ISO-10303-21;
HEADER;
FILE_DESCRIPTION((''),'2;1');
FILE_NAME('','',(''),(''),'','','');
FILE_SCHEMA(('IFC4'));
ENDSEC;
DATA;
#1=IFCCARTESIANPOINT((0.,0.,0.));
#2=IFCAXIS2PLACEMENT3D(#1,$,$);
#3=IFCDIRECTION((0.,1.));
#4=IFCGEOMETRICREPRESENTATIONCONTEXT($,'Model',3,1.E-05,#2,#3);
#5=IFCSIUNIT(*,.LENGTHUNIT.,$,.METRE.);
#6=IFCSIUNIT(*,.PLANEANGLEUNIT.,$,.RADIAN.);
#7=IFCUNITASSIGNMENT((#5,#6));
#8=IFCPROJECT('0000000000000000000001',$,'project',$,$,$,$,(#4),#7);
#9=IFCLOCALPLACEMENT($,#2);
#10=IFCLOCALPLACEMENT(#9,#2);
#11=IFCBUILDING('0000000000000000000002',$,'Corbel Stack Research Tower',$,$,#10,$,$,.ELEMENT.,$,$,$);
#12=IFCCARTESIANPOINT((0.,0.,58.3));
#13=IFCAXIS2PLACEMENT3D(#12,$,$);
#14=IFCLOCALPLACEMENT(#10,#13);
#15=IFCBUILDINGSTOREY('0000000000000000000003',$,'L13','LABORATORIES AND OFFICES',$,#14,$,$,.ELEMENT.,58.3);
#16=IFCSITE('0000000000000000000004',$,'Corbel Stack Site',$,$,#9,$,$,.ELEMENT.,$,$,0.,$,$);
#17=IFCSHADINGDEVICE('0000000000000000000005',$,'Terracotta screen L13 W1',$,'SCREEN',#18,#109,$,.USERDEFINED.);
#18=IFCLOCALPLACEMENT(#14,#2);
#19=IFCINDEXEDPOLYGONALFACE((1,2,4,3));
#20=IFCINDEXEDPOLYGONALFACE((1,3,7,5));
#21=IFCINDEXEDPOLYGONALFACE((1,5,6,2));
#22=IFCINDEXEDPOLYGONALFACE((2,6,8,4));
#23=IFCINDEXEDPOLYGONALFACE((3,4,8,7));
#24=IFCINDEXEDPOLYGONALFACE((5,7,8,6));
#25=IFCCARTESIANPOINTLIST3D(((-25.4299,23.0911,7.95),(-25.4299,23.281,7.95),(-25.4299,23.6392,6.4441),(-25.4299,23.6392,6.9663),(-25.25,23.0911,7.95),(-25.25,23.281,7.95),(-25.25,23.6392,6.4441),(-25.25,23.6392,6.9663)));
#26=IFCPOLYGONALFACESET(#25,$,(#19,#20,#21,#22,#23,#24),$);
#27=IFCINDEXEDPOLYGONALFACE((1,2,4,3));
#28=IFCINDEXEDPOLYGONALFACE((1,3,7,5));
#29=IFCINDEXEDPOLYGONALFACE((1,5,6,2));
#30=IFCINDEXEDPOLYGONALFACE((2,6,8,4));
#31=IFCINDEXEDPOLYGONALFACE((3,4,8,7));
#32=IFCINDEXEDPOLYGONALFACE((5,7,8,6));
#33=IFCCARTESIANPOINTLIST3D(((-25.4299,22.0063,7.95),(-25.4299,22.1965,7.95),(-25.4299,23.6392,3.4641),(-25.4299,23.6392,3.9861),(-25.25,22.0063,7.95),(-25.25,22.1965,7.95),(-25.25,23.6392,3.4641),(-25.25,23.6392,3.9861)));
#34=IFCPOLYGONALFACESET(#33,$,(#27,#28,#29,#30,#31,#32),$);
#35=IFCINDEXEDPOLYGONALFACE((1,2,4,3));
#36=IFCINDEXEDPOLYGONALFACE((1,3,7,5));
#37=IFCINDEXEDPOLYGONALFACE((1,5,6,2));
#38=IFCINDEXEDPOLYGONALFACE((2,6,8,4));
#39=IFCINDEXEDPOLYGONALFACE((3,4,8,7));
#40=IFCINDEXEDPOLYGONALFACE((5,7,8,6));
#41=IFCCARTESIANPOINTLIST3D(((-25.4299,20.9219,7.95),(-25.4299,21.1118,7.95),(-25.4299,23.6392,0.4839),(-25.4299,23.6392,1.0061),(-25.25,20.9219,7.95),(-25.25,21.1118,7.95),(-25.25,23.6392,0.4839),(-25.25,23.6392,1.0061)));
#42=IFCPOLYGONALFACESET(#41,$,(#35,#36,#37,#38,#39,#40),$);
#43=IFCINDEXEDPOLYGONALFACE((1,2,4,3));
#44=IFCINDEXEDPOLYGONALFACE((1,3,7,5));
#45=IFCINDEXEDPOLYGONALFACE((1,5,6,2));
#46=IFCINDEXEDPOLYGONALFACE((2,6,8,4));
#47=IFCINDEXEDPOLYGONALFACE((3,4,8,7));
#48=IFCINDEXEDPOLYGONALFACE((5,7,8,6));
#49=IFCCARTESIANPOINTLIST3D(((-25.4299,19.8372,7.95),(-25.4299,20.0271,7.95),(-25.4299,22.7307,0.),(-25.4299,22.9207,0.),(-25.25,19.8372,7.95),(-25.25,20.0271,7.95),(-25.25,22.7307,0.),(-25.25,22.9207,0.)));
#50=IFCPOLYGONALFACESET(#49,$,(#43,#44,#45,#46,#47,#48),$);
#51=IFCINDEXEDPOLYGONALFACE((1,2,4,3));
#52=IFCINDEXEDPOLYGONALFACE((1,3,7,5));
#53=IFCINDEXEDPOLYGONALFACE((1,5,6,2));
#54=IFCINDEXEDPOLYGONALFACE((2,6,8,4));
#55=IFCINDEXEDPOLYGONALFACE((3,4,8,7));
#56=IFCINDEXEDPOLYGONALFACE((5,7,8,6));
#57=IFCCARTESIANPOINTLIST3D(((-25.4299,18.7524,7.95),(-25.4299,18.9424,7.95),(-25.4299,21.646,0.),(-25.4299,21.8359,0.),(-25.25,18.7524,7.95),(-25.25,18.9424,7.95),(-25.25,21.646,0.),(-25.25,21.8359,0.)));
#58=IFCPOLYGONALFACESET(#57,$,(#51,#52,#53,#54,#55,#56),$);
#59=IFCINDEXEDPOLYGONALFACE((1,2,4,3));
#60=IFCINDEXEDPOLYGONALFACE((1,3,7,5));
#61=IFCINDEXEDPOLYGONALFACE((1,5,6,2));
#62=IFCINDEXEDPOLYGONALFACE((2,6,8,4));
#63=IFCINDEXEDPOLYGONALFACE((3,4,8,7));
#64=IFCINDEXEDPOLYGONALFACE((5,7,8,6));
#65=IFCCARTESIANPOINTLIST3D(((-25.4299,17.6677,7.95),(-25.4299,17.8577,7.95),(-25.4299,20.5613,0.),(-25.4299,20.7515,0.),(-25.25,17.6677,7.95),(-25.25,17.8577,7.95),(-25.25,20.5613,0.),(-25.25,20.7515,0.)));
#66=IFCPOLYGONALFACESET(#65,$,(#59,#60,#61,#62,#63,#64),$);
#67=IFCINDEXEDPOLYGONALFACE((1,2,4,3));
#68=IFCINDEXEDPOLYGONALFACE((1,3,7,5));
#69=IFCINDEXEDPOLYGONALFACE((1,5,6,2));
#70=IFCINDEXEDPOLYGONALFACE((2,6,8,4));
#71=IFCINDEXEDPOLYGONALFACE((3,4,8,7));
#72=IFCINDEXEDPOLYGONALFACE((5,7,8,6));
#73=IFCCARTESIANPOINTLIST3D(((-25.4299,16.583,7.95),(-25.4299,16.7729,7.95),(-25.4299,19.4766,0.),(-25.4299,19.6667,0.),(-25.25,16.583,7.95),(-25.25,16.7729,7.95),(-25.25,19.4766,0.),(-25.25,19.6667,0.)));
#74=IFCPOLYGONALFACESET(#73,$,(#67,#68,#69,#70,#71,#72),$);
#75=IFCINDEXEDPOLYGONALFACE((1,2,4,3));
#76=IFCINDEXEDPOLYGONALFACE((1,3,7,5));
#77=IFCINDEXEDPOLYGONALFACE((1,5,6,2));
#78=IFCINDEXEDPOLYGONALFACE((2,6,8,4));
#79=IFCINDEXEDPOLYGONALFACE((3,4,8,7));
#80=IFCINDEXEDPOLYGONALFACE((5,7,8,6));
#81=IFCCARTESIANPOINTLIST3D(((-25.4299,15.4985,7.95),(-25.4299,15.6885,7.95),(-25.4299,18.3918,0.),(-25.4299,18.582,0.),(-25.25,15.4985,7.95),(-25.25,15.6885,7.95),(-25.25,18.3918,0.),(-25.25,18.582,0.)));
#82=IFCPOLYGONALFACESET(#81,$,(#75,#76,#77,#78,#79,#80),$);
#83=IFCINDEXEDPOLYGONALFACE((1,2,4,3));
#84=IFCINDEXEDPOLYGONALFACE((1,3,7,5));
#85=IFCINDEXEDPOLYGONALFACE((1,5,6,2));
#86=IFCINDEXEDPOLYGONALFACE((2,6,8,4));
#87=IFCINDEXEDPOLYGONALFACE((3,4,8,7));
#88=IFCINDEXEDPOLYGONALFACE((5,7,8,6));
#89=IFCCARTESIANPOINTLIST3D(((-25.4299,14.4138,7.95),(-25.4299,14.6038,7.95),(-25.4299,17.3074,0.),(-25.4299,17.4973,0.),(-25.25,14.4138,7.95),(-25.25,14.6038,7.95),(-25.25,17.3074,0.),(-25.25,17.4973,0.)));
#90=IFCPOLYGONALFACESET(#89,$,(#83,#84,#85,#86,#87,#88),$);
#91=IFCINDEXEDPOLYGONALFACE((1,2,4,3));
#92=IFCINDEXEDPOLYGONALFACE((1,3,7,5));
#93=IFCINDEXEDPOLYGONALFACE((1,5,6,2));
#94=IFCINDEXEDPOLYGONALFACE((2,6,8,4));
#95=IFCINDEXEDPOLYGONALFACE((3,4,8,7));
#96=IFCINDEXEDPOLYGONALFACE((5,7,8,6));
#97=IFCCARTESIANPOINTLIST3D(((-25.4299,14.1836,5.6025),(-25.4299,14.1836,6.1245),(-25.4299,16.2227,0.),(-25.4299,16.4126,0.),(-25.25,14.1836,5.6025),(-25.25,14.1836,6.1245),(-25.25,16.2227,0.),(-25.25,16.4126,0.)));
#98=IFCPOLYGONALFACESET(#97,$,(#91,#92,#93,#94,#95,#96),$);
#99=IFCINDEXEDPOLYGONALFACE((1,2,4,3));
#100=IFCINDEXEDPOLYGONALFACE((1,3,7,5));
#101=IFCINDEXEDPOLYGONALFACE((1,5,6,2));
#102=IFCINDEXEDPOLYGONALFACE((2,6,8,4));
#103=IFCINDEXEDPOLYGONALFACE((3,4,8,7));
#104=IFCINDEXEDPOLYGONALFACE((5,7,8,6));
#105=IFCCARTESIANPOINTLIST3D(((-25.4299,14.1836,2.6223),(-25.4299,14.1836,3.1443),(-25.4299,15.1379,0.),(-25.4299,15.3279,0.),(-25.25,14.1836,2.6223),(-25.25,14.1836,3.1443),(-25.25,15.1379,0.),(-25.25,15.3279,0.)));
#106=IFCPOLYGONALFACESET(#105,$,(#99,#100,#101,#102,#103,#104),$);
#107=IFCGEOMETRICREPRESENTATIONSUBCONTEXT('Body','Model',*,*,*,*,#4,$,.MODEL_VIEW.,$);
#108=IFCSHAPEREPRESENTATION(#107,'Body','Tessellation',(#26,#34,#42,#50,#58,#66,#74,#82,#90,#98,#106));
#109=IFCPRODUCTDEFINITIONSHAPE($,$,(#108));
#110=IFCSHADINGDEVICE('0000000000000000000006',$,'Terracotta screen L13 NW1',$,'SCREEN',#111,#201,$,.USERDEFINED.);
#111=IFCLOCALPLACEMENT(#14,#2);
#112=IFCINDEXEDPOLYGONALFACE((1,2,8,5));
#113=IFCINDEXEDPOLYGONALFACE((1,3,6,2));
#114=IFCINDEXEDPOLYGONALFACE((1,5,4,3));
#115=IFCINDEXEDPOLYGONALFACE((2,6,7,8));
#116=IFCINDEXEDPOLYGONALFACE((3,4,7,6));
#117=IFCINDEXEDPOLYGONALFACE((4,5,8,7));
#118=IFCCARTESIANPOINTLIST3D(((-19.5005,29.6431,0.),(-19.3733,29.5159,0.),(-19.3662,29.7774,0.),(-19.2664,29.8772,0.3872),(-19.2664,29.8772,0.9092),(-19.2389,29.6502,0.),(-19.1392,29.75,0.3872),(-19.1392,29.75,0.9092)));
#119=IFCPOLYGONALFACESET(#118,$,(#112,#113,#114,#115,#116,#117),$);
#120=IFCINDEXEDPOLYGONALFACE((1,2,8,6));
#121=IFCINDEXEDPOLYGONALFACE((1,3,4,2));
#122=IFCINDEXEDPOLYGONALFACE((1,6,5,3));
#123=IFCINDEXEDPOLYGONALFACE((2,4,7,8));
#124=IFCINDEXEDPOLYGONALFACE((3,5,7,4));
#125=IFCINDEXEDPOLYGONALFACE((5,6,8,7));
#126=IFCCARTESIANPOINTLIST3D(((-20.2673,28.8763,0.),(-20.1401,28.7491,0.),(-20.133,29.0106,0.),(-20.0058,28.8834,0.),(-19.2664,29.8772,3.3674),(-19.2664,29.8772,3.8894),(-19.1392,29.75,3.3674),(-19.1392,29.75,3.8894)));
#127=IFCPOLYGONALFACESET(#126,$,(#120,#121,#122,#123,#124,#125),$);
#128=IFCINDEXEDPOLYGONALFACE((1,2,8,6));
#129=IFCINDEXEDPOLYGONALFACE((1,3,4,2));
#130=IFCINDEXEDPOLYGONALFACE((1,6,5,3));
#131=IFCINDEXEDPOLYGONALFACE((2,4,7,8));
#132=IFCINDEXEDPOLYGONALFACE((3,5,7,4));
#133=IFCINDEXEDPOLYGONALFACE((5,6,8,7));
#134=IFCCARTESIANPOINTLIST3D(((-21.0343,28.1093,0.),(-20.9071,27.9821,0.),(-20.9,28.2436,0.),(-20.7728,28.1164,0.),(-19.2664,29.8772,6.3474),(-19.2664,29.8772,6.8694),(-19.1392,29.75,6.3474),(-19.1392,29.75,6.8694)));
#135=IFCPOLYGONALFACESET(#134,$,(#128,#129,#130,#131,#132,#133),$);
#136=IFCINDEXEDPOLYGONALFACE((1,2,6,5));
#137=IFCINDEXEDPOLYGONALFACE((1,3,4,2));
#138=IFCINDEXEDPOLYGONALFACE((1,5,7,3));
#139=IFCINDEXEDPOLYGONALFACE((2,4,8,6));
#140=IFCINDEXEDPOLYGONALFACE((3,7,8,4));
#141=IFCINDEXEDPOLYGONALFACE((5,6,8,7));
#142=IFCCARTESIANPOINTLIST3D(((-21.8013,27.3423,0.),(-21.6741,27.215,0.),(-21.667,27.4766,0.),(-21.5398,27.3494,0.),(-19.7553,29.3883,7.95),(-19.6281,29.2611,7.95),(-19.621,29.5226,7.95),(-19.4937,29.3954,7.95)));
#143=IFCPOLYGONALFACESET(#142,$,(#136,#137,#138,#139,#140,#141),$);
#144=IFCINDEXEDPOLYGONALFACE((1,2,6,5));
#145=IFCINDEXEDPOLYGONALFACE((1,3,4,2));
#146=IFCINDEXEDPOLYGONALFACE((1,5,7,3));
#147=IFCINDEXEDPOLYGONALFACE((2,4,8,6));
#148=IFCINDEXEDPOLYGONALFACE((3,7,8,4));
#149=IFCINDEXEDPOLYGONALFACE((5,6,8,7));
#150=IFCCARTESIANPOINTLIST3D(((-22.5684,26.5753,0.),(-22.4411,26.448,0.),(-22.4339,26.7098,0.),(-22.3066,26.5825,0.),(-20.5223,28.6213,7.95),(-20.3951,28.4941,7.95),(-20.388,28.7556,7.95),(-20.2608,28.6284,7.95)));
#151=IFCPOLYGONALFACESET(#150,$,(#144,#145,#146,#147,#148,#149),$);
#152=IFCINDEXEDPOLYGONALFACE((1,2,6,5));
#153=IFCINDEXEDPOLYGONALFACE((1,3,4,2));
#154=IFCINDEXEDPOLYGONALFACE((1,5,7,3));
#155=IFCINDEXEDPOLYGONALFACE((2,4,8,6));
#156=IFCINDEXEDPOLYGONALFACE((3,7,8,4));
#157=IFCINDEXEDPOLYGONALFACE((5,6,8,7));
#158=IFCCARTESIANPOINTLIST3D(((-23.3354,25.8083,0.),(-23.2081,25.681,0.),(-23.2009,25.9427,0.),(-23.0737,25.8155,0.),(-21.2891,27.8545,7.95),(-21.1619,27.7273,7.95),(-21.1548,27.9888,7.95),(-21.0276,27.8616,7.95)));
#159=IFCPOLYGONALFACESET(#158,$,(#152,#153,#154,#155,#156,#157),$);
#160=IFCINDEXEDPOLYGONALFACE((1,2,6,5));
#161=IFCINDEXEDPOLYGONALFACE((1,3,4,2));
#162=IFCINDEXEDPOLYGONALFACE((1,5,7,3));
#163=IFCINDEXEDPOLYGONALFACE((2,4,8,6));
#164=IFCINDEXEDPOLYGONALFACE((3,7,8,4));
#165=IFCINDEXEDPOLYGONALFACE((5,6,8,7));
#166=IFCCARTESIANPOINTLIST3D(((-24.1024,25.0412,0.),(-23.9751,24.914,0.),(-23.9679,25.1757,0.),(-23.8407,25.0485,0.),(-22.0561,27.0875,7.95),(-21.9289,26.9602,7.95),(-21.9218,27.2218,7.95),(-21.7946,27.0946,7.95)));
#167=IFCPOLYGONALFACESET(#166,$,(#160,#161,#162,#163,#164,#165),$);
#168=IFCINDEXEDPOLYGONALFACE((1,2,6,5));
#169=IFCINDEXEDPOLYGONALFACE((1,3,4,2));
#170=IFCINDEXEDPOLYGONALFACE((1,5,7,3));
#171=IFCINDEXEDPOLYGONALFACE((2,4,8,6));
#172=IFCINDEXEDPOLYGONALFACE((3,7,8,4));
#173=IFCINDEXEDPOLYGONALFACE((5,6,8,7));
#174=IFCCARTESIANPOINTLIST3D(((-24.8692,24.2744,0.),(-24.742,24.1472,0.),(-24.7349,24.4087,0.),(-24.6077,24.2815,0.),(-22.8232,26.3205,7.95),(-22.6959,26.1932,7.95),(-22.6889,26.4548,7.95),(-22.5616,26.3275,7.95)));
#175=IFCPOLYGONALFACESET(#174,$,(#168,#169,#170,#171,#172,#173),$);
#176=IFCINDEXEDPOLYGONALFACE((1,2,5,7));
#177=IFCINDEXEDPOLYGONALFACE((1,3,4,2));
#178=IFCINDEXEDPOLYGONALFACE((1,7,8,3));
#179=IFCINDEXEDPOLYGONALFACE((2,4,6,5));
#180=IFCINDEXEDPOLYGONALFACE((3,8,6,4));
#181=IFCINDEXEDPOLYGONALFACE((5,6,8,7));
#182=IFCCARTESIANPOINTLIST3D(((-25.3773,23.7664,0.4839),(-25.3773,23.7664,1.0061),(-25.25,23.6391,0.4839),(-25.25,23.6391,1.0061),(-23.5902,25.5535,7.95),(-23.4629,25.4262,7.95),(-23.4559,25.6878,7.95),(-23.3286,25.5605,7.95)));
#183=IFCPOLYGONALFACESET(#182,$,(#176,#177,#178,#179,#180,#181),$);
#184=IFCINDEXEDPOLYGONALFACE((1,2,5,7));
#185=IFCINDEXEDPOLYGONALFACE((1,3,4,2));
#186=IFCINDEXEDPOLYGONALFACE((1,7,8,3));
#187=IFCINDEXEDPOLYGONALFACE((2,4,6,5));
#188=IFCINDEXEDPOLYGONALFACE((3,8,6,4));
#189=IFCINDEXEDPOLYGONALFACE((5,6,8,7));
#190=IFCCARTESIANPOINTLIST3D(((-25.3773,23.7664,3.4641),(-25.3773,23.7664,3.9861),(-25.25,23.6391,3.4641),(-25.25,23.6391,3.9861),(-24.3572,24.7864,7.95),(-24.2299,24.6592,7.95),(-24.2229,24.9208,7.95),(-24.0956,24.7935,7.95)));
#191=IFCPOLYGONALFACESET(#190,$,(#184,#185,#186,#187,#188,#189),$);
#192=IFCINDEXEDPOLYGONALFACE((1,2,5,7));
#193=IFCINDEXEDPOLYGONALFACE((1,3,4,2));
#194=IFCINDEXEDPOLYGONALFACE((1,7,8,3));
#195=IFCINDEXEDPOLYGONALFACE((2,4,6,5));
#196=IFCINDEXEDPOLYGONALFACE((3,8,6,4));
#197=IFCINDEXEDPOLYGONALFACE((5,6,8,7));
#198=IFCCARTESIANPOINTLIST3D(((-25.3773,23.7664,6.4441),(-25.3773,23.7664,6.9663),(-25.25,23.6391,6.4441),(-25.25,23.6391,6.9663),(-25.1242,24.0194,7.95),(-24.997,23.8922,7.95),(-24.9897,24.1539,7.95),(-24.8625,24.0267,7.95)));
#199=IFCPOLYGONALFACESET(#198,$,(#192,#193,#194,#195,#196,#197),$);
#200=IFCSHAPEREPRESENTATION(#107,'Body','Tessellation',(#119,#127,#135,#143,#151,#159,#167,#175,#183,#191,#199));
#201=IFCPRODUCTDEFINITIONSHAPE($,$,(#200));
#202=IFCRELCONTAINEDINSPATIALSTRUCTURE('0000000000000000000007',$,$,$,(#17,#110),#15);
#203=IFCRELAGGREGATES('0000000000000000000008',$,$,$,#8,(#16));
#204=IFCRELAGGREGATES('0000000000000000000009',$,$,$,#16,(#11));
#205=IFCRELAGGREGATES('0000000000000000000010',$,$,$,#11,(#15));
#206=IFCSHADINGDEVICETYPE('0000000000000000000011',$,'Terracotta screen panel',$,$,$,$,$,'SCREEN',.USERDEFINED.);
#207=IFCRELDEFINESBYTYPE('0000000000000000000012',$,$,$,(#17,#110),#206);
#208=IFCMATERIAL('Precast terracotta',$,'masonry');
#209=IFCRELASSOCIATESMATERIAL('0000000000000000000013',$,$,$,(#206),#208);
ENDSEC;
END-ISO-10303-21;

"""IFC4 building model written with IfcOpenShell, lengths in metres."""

from ifc_helpers import new_model, si_unit, direction, frame, origin, place, context, subcontext, project, spatial, polyline, outline, extrude, source, transform, mapped, material, type_object, element, save


model = new_model("IFC4")

# Units and contexts
model_context = context("Model", 3, precision=1e-05, world=origin(), true_north=direction((0.0, 1.0)))
body_context = subcontext(model_context, "Body", "Model", "MODEL_VIEW")
ifc_project = project(units=[si_unit("LENGTHUNIT", "METRE"), si_unit("PLANEANGLEUNIT", "RADIAN")], contexts=[model_context])

# Site, building, storey
site_placement = place(None, origin())
site = spatial("IfcSite", under=ifc_project, at=site_placement, Name="Corbel Stack Site", CompositionType="ELEMENT", RefElevation=0.0)
building_placement = place(site_placement, origin())
building = spatial("IfcBuilding", under=site, at=building_placement, Name="Corbel Stack Research Tower", CompositionType="ELEMENT")
storey_placement = place(building_placement, frame((0.0, 0.0, 58.3)))
storey = spatial("IfcBuildingStorey", under=building, at=storey_placement, Name="L13", Description="LABORATORIES AND OFFICES", CompositionType="ELEMENT", Elevation=58.3)

# Shading devices
ifc_material_1 = material(Name="Precast terracotta", Category="masonry")
shading_device_type = type_object("IfcShadingDeviceType", Name="Terracotta screen panel", ElementType="SCREEN", PredefinedType="USERDEFINED", material=ifc_material_1)
shared_shape_1 = source(origin(), body_context, "Body", "SweptSolid", [
    extrude(outline(polyline([(0.5481, 7.95), (0.3582, 7.95), (0.0, 6.9663), (0.0, 6.4441), (0.5481, 7.95)])), frame((0.0, 0.0, 0.0), z_axis=(0.0, -1.0, 0.0), x_axis=(1.0, 0.0, 0.0)), (0.0, 0.0, 1.0), 0.1799),
    extrude(outline(polyline([(1.6328, 7.95), (1.4426, 7.95), (0.0, 3.9861), (0.0, 3.4641), (1.6328, 7.95)])), frame((0.0, 0.0, 0.0), z_axis=(0.0, -1.0, 0.0), x_axis=(1.0, 0.0, 0.0)), (0.0, 0.0, 1.0), 0.1799),
    extrude(outline(polyline([(2.7173, 7.95), (2.5273, 7.95), (0.0, 1.0061), (0.0, 0.4839), (2.7173, 7.95)])), frame((0.0, 0.0, 0.0), z_axis=(0.0, -1.0, 0.0), x_axis=(1.0, 0.0, 0.0)), (0.0, 0.0, 1.0), 0.1799),
    extrude(outline(polyline([(0.9084, 0.0), (3.802, 7.95), (3.6121, 7.95), (0.7185, 0.0), (0.9084, 0.0)])), frame((0.0, 0.0, 0.0), z_axis=(0.0, -1.0, 0.0), x_axis=(1.0, 0.0, 0.0)), (0.0, 0.0, 1.0), 0.1799),
    extrude(outline(polyline([(1.9932, 0.0), (4.8867, 7.95), (4.6968, 7.95), (1.8032, 0.0), (1.9932, 0.0)])), frame((0.0, 0.0, 0.0), z_axis=(0.0, -1.0, 0.0), x_axis=(1.0, 0.0, 0.0)), (0.0, 0.0, 1.0), 0.1799),
    extrude(outline(polyline([(3.0779, 0.0), (5.9714, 7.95), (5.7815, 7.95), (2.8877, 0.0), (3.0779, 0.0)])), frame((0.0, 0.0, 0.0), z_axis=(0.0, -1.0, 0.0), x_axis=(1.0, 0.0, 0.0)), (0.0, 0.0, 1.0), 0.1799),
    extrude(outline(polyline([(4.1626, 0.0), (7.0562, 7.95), (6.8662, 7.95), (3.9724, 0.0), (4.1626, 0.0)])), frame((0.0, 0.0, 0.0), z_axis=(0.0, -1.0, 0.0), x_axis=(1.0, 0.0, 0.0)), (0.0, 0.0, 1.0), 0.1799),
    extrude(outline(polyline([(5.2473, 0.0), (8.1406, 7.95), (7.9507, 7.95), (5.0571, 0.0), (5.2473, 0.0)])), frame((0.0, 0.0, 0.0), z_axis=(0.0, -1.0, 0.0), x_axis=(1.0, 0.0, 0.0)), (0.0, 0.0, 1.0), 0.1799),
    extrude(outline(polyline([(6.3318, 0.0), (9.2253, 7.95), (9.0354, 7.95), (6.1418, 0.0), (6.3318, 0.0)])), frame((0.0, 0.0, 0.0), z_axis=(0.0, -1.0, 0.0), x_axis=(1.0, 0.0, 0.0)), (0.0, 0.0, 1.0), 0.1799),
    extrude(outline(polyline([(7.4165, 0.0), (9.4556, 5.6025), (9.4556, 6.1245), (7.2266, 0.0), (7.4165, 0.0)])), frame((0.0, 0.0, 0.0), z_axis=(0.0, -1.0, 0.0), x_axis=(1.0, 0.0, 0.0)), (0.0, 0.0, 1.0), 0.1799),
    extrude(outline(polyline([(8.5012, 0.0), (9.4556, 2.6223), (9.4556, 3.1443), (8.3113, 0.0), (8.5012, 0.0)])), frame((0.0, 0.0, 0.0), z_axis=(0.0, -1.0, 0.0), x_axis=(1.0, 0.0, 0.0)), (0.0, 0.0, 1.0), 0.1799),
])
shading_device_1_placement = place(storey_placement, frame((-25.25, 23.6392, 0.0), z_axis=(0.0, 0.0, 1.0), x_axis=(0.0, -1.0, 0.0)))
element("IfcShadingDevice", 1, at=shading_device_1_placement, inside=storey, type_object=shading_device_type, Name="Terracotta screen L13 W1", ObjectType="SCREEN", PredefinedType="USERDEFINED", context=body_context, shape_type="MappedRepresentation", body=[
    mapped(shared_shape_1, transform((0.0, 0.0, 0.0))),
])
shared_shape_2 = source(origin(), body_context, "Body", "SweptSolid", [
    extrude(outline(polyline([(0.3311, 0.0), (0.0, 0.9092), (0.0, 0.3872), (0.1411, 0.0), (0.3311, 0.0)])), frame((0.0, 0.0, 0.0), z_axis=(0.0, -1.0, 0.0), x_axis=(1.0, 0.0, 0.0)), (0.0, 0.0, 1.0), 0.1799),
    extrude(outline(polyline([(1.4155, 0.0), (0.0, 3.8894), (0.0, 3.3674), (1.2256, 0.0), (1.4155, 0.0)])), frame((0.0, 0.0, 0.0), z_axis=(0.0, -1.0, 0.0), x_axis=(1.0, 0.0, 0.0)), (0.0, 0.0, 1.0), 0.1799),
    extrude(outline(polyline([(2.5002, 0.0), (0.0, 6.8694), (0.0, 6.3474), (2.3103, 0.0), (2.5002, 0.0)])), frame((0.0, 0.0, 0.0), z_axis=(0.0, -1.0, 0.0), x_axis=(1.0, 0.0, 0.0)), (0.0, 0.0, 1.0), 0.1799),
    extrude(outline(polyline([(3.585, 0.0), (0.6914, 7.95), (0.5015, 7.95), (3.395, 0.0), (3.585, 0.0)])), frame((0.0, 0.0, 0.0), z_axis=(0.0, -1.0, 0.0), x_axis=(1.0, 0.0, 0.0)), (0.0, 0.0, 1.0), 0.1799),
    extrude(outline(polyline([(4.6697, 0.0), (1.7761, 7.95), (1.5862, 7.95), (4.4795, 0.0), (4.6697, 0.0)])), frame((0.0, 0.0, 0.0), z_axis=(0.0, -1.0, 0.0), x_axis=(1.0, 0.0, 0.0)), (0.0, 0.0, 1.0), 0.1799),
    extrude(outline(polyline([(5.7544, 0.0), (2.8606, 7.95), (2.6707, 7.95), (5.5642, 0.0), (5.7544, 0.0)])), frame((0.0, 0.0, 0.0), z_axis=(0.0, -1.0, 0.0), x_axis=(1.0, 0.0, 0.0)), (0.0, 0.0, 1.0), 0.1799),
    extrude(outline(polyline([(6.8391, 0.0), (3.9453, 7.95), (3.7554, 7.95), (6.6489, 0.0), (6.8391, 0.0)])), frame((0.0, 0.0, 0.0), z_axis=(0.0, -1.0, 0.0), x_axis=(1.0, 0.0, 0.0)), (0.0, 0.0, 1.0), 0.1799),
    extrude(outline(polyline([(7.9236, 0.0), (5.03, 7.95), (4.8401, 7.95), (7.7336, 0.0), (7.9236, 0.0)])), frame((0.0, 0.0, 0.0), z_axis=(0.0, -1.0, 0.0), x_axis=(1.0, 0.0, 0.0)), (0.0, 0.0, 1.0), 0.1799),
    extrude(outline(polyline([(6.1147, 7.95), (5.9248, 7.95), (8.6421, 0.4839), (8.6421, 1.0061), (6.1147, 7.95)])), frame((0.0, 0.0, 0.0), z_axis=(0.0, -1.0, 0.0), x_axis=(1.0, 0.0, 0.0)), (0.0, 0.0, 1.0), 0.1799),
    extrude(outline(polyline([(7.1995, 7.95), (7.0095, 7.95), (8.6421, 3.4641), (8.6421, 3.9861), (7.1995, 7.95)])), frame((0.0, 0.0, 0.0), z_axis=(0.0, -1.0, 0.0), x_axis=(1.0, 0.0, 0.0)), (0.0, 0.0, 1.0), 0.1799),
    extrude(outline(polyline([(8.2842, 7.95), (8.094, 7.95), (8.6421, 6.4441), (8.6421, 6.9663), (8.2842, 7.95)])), frame((0.0, 0.0, 0.0), z_axis=(0.0, -1.0, 0.0), x_axis=(1.0, 0.0, 0.0)), (0.0, 0.0, 1.0), 0.1799),
])
shading_device_2_placement = place(storey_placement, frame((-19.1392, 29.75, 0.0), z_axis=(0.0, 0.0, 1.0), x_axis=(-0.707107, -0.707107, 0.0)))
element("IfcShadingDevice", 2, at=shading_device_2_placement, inside=storey, type_object=shading_device_type, Name="Terracotta screen L13 NW1", ObjectType="SCREEN", PredefinedType="USERDEFINED", context=body_context, shape_type="MappedRepresentation", body=[
    mapped(shared_shape_2, transform((0.0, 0.0, 0.0))),
])

save(model, "model.ifc")
